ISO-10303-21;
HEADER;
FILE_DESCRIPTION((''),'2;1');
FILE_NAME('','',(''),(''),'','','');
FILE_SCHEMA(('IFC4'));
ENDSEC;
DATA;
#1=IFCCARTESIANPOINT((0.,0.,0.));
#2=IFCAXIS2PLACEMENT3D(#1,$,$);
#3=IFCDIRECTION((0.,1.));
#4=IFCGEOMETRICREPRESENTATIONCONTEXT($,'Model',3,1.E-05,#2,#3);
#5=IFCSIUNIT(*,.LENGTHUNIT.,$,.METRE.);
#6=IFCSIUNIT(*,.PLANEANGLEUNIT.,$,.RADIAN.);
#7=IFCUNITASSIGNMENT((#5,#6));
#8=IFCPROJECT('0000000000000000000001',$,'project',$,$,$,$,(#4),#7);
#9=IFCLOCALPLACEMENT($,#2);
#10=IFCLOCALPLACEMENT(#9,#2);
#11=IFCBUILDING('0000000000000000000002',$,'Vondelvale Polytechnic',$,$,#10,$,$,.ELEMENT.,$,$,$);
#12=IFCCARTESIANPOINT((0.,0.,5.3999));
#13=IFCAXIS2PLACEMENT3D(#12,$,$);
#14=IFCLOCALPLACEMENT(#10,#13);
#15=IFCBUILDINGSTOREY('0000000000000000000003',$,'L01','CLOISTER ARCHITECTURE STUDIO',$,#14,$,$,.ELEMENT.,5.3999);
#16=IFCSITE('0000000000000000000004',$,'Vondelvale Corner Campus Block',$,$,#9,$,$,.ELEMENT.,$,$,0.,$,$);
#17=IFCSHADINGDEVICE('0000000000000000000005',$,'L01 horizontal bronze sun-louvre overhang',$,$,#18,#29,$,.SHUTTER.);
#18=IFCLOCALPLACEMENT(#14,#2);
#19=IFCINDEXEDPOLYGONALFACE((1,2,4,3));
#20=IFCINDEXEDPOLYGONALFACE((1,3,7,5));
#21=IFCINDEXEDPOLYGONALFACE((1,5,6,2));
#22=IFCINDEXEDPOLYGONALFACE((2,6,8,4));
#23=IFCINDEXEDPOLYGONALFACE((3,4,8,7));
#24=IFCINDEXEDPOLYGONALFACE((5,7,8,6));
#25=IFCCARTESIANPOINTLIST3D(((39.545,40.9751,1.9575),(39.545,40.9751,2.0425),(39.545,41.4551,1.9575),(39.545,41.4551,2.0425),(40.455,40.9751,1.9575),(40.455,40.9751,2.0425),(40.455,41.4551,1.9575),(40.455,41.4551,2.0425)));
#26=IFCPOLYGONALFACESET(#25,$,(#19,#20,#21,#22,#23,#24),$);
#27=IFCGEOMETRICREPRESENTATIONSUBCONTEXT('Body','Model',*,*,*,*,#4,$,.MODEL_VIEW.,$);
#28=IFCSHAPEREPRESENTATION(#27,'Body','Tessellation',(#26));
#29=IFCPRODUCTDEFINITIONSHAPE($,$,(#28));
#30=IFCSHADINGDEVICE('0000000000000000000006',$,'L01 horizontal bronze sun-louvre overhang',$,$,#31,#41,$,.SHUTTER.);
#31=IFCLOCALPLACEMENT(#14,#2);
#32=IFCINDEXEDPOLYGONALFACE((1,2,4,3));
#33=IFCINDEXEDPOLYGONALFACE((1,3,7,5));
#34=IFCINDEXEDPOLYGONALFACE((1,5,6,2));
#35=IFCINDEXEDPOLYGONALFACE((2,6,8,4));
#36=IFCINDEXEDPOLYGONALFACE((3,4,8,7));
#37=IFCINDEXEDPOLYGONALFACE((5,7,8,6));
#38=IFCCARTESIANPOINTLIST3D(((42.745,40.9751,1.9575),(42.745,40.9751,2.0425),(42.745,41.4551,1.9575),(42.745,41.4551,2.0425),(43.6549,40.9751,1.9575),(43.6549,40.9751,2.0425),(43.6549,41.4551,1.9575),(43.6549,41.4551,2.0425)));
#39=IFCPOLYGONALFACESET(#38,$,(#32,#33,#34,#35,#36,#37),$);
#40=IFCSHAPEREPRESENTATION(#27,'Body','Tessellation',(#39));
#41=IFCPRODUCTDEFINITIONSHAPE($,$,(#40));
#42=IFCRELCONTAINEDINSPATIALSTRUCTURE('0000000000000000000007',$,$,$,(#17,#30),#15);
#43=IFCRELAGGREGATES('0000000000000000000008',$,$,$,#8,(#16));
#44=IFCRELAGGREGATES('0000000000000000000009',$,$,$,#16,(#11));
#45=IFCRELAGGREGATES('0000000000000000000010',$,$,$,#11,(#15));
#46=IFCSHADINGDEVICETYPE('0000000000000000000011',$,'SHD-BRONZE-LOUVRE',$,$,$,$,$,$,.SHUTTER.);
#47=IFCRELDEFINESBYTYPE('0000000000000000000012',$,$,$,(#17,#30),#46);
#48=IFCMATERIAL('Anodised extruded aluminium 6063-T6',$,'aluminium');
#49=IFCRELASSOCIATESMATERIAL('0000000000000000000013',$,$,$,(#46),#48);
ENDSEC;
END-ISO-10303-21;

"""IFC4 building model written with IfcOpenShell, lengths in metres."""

from ifc_helpers import new_model, si_unit, direction, frame, origin, origin_2d, place, context, subcontext, project, spatial, rectangle, extrude, material, type_object, element, save


model = new_model("IFC4")

# Units and contexts
model_context = context("Model", 3, precision=1e-05, world=origin(), true_north=direction((0.0, 1.0)))
body_context = subcontext(model_context, "Body", "Model", "MODEL_VIEW")
ifc_project = project(units=[si_unit("LENGTHUNIT", "METRE"), si_unit("PLANEANGLEUNIT", "RADIAN")], contexts=[model_context])

# Site, building, storey
site_placement = place(None, origin())
site = spatial("IfcSite", under=ifc_project, at=site_placement, Name="Vondelvale Corner Campus Block", CompositionType="ELEMENT", RefElevation=0.0)
building_placement = place(site_placement, origin())
building = spatial("IfcBuilding", under=site, at=building_placement, Name="Vondelvale Polytechnic", CompositionType="ELEMENT")
storey_placement = place(building_placement, frame((0.0, 0.0, 5.3999)))
storey = spatial("IfcBuildingStorey", under=building, at=storey_placement, Name="L01", Description="CLOISTER ARCHITECTURE STUDIO", CompositionType="ELEMENT", Elevation=5.3999)

# Shading devices
ifc_material_1 = material(Name="Anodised extruded aluminium 6063-T6", Category="aluminium")
shading_device_type = type_object("IfcShadingDeviceType", Name="SHD-BRONZE-LOUVRE", PredefinedType="SHUTTER", material=ifc_material_1)
for number, where, z_axis, x_axis, name in (
    (1, (40.0, 41.2151, 1.9575), (0.0, 0.0, 1.0), (1.0, 0.0, 0.0), "L01 horizontal bronze sun-louvre overhang"),
    (2, (43.2, 41.2151, 1.9575), (0.0, 0.0, 1.0), (1.0, 0.0, 0.0), "L01 horizontal bronze sun-louvre overhang"),
):
    element("IfcShadingDevice", number, at=place(storey_placement, frame(where, z_axis=z_axis, x_axis=x_axis)), inside=storey, type_object=shading_device_type, Name=name, PredefinedType="SHUTTER", context=body_context, shape_type="SweptSolid", body=[
        extrude(rectangle(XDim=0.9099, YDim=0.48, at=origin_2d()), origin(), (0.0, 0.0, 1.0), 0.085),
    ])

save(model, "model.ifc")
